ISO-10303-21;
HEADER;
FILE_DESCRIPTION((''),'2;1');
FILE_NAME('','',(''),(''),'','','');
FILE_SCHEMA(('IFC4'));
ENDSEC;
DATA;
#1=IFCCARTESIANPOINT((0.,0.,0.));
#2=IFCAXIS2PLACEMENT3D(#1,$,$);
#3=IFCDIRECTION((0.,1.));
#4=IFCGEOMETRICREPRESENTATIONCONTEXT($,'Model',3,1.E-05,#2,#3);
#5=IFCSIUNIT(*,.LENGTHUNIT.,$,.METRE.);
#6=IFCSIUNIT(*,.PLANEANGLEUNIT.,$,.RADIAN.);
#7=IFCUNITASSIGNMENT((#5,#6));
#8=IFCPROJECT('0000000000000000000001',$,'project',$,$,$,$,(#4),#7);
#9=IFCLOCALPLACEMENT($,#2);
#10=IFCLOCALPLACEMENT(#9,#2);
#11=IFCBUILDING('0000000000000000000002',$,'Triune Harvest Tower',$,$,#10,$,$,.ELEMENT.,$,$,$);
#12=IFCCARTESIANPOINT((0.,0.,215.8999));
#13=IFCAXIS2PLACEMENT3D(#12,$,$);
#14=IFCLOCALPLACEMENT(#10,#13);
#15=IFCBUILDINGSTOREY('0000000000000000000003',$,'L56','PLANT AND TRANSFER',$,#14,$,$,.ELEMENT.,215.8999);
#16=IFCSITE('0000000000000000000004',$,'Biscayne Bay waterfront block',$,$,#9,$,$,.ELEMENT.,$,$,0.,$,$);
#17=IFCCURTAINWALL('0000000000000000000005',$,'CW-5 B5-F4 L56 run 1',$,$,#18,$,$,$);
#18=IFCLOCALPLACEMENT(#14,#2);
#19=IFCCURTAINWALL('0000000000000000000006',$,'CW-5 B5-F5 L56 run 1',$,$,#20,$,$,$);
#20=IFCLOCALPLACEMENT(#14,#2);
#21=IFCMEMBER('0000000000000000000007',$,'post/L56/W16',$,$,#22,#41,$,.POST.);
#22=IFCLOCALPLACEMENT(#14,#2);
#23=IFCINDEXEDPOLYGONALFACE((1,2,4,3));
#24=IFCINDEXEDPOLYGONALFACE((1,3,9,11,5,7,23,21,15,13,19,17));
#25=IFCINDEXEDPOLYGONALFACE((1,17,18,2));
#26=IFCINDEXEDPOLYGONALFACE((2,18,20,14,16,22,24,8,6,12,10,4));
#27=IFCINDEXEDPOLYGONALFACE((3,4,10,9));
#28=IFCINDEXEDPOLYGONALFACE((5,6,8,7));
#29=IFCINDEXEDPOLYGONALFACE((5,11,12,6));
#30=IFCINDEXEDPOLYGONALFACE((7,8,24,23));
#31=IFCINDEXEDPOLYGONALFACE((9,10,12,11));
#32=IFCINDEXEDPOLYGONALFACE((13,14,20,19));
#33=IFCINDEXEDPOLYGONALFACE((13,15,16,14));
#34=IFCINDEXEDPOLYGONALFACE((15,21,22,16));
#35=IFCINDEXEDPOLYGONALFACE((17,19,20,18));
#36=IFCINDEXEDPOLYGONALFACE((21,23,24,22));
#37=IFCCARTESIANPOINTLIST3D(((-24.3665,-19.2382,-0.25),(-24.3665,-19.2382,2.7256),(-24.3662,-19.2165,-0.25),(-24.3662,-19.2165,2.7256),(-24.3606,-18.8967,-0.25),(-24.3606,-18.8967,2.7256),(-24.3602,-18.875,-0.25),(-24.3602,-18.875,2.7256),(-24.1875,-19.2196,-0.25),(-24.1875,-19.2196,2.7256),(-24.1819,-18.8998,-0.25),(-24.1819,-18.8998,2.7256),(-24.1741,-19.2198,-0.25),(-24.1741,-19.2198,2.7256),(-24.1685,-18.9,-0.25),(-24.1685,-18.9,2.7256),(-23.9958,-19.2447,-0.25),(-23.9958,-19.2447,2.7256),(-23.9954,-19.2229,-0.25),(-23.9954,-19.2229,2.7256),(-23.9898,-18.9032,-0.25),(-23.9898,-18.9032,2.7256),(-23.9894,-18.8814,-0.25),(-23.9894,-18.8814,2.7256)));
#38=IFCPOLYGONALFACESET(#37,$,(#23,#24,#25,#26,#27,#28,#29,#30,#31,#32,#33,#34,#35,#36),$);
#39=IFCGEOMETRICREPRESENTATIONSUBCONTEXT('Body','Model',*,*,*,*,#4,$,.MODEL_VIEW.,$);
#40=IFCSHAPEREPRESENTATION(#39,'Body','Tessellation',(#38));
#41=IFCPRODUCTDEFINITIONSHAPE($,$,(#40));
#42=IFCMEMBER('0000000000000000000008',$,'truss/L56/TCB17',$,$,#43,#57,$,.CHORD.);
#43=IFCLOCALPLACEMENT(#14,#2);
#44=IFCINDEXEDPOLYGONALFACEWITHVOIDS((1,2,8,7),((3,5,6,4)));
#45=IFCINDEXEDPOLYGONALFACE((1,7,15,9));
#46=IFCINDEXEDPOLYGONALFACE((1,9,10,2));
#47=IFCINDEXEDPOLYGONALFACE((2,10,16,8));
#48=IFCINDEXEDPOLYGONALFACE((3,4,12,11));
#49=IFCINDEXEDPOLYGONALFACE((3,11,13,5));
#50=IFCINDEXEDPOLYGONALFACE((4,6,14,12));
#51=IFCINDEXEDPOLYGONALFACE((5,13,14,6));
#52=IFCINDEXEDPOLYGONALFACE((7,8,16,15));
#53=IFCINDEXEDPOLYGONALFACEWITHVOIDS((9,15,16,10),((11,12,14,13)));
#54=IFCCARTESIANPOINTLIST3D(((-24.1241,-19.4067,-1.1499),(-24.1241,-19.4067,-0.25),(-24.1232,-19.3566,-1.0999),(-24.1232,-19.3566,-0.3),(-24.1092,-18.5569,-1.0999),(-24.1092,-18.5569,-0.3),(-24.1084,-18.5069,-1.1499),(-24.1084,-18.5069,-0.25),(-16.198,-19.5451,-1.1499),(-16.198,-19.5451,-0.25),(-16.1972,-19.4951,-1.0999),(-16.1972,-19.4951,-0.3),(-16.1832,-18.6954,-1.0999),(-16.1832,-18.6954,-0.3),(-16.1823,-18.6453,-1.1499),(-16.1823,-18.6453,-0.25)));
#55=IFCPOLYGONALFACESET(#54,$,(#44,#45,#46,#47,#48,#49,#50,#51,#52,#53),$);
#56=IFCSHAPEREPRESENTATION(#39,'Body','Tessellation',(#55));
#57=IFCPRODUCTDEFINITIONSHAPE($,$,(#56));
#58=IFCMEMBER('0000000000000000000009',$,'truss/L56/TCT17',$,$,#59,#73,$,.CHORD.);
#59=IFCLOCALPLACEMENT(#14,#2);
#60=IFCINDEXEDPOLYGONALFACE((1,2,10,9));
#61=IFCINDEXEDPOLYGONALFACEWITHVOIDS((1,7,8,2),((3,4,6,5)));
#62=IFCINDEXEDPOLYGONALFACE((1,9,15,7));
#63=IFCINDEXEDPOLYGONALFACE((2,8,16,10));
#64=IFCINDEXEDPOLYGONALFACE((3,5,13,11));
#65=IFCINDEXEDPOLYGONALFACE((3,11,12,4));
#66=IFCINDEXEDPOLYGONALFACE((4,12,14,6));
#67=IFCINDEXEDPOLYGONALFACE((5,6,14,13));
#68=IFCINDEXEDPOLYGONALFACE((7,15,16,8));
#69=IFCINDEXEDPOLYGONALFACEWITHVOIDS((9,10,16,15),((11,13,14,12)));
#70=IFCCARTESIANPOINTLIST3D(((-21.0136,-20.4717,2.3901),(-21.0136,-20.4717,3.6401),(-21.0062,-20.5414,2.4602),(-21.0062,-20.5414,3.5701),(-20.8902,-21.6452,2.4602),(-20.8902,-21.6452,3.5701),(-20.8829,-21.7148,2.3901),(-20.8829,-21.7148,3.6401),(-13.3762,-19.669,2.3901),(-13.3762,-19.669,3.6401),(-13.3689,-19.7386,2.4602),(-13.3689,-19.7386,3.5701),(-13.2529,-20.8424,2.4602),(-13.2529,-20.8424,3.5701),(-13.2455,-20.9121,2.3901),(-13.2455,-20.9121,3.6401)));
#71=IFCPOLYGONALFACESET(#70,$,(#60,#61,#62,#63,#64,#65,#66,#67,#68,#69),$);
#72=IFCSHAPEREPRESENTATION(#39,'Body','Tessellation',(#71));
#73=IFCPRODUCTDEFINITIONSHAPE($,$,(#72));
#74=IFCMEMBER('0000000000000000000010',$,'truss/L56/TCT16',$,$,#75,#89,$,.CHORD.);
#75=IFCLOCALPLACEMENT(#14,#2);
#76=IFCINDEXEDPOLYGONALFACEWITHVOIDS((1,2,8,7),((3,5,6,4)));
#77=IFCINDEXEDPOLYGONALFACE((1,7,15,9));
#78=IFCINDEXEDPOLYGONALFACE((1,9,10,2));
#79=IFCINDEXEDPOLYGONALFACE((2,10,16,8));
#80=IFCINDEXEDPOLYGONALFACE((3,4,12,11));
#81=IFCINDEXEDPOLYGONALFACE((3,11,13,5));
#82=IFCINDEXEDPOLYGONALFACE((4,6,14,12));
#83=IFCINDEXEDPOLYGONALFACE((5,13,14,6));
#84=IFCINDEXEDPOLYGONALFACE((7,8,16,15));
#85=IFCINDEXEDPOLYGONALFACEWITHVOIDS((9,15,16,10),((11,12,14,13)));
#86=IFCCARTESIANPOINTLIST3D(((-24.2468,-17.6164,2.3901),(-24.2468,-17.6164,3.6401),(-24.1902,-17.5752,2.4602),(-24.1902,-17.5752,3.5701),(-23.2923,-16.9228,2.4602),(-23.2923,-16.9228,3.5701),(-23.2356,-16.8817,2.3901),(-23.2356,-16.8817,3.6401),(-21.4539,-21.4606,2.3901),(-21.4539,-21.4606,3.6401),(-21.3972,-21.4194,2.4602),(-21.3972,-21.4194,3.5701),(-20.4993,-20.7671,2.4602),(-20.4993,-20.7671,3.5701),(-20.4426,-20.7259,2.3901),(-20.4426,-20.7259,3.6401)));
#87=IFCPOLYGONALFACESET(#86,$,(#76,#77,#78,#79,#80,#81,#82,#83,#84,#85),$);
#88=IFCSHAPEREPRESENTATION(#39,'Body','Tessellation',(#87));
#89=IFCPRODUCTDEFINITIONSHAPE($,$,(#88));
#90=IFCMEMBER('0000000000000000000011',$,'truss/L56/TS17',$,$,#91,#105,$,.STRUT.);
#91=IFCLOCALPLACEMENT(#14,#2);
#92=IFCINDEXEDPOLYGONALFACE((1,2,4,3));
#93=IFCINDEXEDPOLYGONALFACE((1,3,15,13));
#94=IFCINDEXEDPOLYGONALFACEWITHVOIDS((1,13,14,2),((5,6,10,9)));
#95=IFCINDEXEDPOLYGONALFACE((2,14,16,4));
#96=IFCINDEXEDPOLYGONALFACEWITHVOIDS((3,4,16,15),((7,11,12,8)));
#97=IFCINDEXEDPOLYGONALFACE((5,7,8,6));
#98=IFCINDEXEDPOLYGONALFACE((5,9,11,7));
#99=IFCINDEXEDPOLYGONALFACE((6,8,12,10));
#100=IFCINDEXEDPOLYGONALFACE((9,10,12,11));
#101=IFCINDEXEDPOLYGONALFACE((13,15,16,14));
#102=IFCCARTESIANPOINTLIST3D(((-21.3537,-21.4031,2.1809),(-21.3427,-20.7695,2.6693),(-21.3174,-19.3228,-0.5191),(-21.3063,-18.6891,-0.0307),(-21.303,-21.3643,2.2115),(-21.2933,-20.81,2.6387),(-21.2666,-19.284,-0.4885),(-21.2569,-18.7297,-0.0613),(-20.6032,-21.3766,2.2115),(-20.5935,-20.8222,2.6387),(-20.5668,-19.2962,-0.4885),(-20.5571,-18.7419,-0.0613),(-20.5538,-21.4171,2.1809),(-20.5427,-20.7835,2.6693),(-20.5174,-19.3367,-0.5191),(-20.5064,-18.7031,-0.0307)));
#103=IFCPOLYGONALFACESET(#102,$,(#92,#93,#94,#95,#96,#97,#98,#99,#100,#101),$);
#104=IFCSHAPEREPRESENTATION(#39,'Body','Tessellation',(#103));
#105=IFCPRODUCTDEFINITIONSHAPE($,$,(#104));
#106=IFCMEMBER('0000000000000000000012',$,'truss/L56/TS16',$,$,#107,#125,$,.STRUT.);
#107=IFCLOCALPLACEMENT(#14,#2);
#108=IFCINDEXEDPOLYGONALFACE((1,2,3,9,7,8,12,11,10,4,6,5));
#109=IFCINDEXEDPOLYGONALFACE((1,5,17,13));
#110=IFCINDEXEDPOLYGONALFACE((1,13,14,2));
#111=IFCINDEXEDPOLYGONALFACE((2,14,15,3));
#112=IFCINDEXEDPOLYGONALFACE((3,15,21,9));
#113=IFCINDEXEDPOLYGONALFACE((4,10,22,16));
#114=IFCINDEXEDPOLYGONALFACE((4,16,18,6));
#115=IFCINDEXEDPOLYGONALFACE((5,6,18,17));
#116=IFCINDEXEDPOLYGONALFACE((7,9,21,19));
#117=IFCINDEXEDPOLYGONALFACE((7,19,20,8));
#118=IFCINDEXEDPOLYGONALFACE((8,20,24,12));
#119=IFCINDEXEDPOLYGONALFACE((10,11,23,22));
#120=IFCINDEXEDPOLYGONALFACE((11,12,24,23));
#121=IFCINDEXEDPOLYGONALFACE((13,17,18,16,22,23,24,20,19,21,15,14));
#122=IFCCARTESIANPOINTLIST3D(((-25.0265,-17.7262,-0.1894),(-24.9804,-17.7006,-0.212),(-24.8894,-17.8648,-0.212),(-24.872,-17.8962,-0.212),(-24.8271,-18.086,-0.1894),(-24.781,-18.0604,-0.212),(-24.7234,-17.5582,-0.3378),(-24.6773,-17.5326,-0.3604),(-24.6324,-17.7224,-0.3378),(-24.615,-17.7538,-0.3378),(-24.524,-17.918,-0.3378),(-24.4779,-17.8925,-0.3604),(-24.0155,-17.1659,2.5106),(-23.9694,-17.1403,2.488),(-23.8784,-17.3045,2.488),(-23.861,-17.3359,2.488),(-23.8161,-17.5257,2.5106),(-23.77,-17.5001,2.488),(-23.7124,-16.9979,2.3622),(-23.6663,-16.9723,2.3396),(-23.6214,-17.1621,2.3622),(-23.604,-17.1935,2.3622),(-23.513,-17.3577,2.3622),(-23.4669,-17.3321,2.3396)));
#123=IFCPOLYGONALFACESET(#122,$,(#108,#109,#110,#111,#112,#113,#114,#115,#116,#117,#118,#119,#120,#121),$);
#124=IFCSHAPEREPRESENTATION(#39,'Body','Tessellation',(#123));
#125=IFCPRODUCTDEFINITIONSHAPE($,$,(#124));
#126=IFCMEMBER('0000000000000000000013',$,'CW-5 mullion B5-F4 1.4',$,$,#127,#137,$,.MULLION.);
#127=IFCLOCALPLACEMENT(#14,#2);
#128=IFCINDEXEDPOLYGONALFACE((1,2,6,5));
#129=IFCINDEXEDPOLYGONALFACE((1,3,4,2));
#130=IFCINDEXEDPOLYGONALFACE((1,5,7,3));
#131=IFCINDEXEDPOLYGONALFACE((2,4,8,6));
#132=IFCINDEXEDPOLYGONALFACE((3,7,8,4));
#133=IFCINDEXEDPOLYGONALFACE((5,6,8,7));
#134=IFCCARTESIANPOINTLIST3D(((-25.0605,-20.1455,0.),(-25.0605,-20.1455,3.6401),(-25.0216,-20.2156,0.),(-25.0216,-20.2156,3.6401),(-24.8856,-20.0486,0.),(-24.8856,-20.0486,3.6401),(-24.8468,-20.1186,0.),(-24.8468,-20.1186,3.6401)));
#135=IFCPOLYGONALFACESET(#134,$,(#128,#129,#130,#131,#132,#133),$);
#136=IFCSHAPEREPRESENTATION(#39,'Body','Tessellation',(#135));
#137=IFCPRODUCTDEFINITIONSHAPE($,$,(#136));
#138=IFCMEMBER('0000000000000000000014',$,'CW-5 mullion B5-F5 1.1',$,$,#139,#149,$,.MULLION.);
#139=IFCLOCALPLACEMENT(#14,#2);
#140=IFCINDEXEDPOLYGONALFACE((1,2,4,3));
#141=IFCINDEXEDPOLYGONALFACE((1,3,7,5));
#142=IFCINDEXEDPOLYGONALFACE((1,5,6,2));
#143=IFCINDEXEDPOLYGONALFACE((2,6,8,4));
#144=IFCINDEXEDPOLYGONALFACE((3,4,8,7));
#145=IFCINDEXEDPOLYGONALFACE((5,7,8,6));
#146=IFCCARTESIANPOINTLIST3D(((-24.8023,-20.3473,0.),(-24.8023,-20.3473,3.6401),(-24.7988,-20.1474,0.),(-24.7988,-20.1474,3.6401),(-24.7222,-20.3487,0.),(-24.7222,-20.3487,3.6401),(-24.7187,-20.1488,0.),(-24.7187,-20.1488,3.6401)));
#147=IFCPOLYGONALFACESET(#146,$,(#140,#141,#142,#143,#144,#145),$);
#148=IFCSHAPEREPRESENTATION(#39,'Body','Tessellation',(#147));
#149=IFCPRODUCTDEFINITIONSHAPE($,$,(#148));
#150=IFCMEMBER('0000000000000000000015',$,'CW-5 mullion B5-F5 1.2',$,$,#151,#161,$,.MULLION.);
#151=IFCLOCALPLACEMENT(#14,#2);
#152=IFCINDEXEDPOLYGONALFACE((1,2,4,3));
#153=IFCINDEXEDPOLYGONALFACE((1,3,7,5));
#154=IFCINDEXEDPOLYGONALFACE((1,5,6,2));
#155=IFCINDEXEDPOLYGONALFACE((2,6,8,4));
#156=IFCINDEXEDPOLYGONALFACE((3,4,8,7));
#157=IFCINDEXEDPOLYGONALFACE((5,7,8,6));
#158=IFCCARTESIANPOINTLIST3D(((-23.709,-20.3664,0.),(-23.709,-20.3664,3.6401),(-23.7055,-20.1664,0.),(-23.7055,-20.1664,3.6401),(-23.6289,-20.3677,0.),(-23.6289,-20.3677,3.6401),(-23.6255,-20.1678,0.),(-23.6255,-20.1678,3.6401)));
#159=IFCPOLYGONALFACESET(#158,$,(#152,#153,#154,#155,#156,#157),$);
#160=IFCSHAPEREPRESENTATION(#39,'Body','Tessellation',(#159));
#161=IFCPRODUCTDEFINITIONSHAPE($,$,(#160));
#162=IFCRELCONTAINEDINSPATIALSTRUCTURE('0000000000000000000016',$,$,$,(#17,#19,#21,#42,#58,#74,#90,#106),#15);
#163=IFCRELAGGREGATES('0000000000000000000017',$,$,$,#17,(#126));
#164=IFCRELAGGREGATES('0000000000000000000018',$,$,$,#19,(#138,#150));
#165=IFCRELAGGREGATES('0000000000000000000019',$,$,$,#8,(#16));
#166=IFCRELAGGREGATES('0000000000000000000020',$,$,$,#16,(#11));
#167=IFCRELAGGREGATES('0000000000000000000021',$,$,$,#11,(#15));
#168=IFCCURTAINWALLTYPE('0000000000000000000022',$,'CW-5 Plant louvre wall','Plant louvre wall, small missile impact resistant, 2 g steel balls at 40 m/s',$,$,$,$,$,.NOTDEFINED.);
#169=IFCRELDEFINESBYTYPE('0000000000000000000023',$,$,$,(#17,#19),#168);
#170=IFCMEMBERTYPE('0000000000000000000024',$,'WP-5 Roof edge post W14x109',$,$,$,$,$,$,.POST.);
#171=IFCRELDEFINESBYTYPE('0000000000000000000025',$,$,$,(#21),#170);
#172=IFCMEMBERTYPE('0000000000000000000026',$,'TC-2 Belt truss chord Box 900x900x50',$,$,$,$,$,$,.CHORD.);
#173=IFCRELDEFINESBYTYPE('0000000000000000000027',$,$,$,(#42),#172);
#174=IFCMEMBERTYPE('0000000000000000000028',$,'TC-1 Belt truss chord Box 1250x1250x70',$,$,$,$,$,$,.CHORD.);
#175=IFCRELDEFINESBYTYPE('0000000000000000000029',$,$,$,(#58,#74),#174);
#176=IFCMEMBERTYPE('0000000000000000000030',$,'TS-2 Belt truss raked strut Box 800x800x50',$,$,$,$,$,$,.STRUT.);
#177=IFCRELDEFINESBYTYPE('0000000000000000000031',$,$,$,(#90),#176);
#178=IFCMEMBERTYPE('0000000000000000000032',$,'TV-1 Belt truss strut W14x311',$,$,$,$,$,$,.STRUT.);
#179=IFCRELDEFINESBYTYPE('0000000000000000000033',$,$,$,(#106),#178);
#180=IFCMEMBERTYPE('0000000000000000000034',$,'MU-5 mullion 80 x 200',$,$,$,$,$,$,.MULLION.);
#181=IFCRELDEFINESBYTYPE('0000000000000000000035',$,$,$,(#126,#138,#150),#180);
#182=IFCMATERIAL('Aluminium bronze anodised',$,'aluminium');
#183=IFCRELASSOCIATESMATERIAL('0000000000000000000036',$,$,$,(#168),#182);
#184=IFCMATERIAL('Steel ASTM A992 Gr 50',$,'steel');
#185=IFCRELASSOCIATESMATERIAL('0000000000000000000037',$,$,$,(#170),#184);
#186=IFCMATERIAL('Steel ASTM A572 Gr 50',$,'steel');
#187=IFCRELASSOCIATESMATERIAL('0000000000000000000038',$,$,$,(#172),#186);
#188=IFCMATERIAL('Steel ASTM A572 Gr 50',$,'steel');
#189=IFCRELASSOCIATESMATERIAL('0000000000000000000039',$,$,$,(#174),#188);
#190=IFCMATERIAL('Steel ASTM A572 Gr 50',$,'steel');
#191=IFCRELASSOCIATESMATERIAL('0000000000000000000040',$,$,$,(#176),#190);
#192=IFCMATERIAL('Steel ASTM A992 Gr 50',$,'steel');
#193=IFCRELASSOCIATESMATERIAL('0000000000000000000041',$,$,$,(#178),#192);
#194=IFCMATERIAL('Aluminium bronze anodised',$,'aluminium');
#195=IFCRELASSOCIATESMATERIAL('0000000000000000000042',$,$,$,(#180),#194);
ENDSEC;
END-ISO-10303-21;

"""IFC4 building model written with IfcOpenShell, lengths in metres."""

from ifc_helpers import new_model, si_unit, direction, frame, origin, origin_2d, place, context, subcontext, project, spatial, rectangle, hollow_rectangle, i_section, extrude, source, transform, mapped, material, material_profile, profile_set, type_object, element, aggregate, save


model = new_model("IFC4")

# Units and contexts
model_context = context("Model", 3, precision=1e-05, world=origin(), true_north=direction((0.0, 1.0)))
body_context = subcontext(model_context, "Body", "Model", "MODEL_VIEW")
ifc_project = project(units=[si_unit("LENGTHUNIT", "METRE"), si_unit("PLANEANGLEUNIT", "RADIAN")], contexts=[model_context])

# Site, building, storey
site_placement = place(None, origin())
site = spatial("IfcSite", under=ifc_project, at=site_placement, Name="Biscayne Bay waterfront block", CompositionType="ELEMENT", RefElevation=0.0)
building_placement = place(site_placement, origin())
building = spatial("IfcBuilding", under=site, at=building_placement, Name="Triune Harvest Tower", CompositionType="ELEMENT")
storey_placement = place(building_placement, frame((0.0, 0.0, 215.8999)))
storey = spatial("IfcBuildingStorey", under=building, at=storey_placement, Name="L56", Description="PLANT AND TRANSFER", CompositionType="ELEMENT", Elevation=215.8999)

# Curtain walls
ifc_material_1 = material(Name="Aluminium bronze anodised", Category="aluminium")
curtain_wall_type = type_object("IfcCurtainWallType", Name="CW-5 Plant louvre wall", Description="Plant louvre wall, small missile impact resistant, 2 g steel balls at 40 m/s", PredefinedType="NOTDEFINED", material=ifc_material_1)
curtain_wall_1_placement = place(storey_placement, origin())
curtain_wall_1 = element("IfcCurtainWall", 1, at=curtain_wall_1_placement, inside=storey, type_object=curtain_wall_type, Name="CW-5 B5-F4 L56 run 1")
curtain_wall_2_placement = place(storey_placement, origin())
curtain_wall_2 = element("IfcCurtainWall", 2, at=curtain_wall_2_placement, inside=storey, type_object=curtain_wall_type, Name="CW-5 B5-F5 L56 run 1")

# Members
ifc_material_2 = material(Name="Steel ASTM A992 Gr 50", Category="steel")
ifc_material_profile_1 = material_profile(ifc_material_2, i_section(OverallWidth=0.3708, OverallDepth=0.3633, WebThickness=0.0134, FlangeThickness=0.0217, at=origin_2d()), Name="W14x109")
ifc_profile_set_1 = profile_set([ifc_material_profile_1], Name="Steel ASTM A992 Gr 50")
member_type_1 = type_object("IfcMemberType", Name="WP-5 Roof edge post W14x109", PredefinedType="POST", material=ifc_profile_set_1)
shared_shape_1 = source(origin(), body_context, "Body", "SweptSolid", [
    extrude(i_section(OverallWidth=0.3708, OverallDepth=0.3633, WebThickness=0.0134, FlangeThickness=0.0217, at=origin_2d()), origin(), (0.0, 0.0, 1.0), 2.9756),
])
member_1_placement = place(storey_placement, frame((-24.178, -19.0598, -0.25), z_axis=(0.0, 0.0, 1.0), x_axis=(0.999848, -0.017452, 0.0)))
element("IfcMember", 3, at=member_1_placement, inside=storey, type_object=member_type_1, Name="post/L56/W16", PredefinedType="POST", context=body_context, shape_type="MappedRepresentation", body=[
    mapped(shared_shape_1, transform((0.0, 0.0, 0.0), scale=1.0)),
])
ifc_material_3 = material(Name="Steel ASTM A572 Gr 50", Category="steel")
ifc_material_profile_2 = material_profile(ifc_material_3, hollow_rectangle(XDim=0.8999, YDim=0.8999, WallThickness=0.05, at=origin_2d()), Name="Box 900x900x50")
ifc_profile_set_2 = profile_set([ifc_material_profile_2], Name="Steel ASTM A572 Gr 50")
member_type_2 = type_object("IfcMemberType", Name="TC-2 Belt truss chord Box 900x900x50", PredefinedType="CHORD", material=ifc_profile_set_2)
shared_shape_2 = source(origin(), body_context, "Body", "SweptSolid", [
    extrude(hollow_rectangle(XDim=0.8999, YDim=0.8999, WallThickness=0.05, at=origin_2d()), origin(), (0.0, 0.0, 1.0), 7.9272),
])
member_2_placement = place(storey_placement, frame((-24.1162, -18.9568, -0.7), z_axis=(0.999848, -0.017462, 0.0), x_axis=(0.017462, 0.999848, 0.0)))
element("IfcMember", 4, at=member_2_placement, inside=storey, type_object=member_type_2, Name="truss/L56/TCB17", PredefinedType="CHORD", context=body_context, shape_type="MappedRepresentation", body=[
    mapped(shared_shape_2, transform((0.0, 0.0, 0.0), scale=1.0)),
])
ifc_material_4 = material(Name="Steel ASTM A572 Gr 50", Category="steel")
ifc_material_profile_3 = material_profile(ifc_material_4, hollow_rectangle(XDim=1.25, YDim=1.25, WallThickness=0.0701, at=origin_2d()), Name="Box 1250x1250x70")
ifc_profile_set_3 = profile_set([ifc_material_profile_3], Name="Steel ASTM A572 Gr 50")
member_type_3 = type_object("IfcMemberType", Name="TC-1 Belt truss chord Box 1250x1250x70", PredefinedType="CHORD", material=ifc_profile_set_3)
shared_shape_3 = source(origin(), body_context, "Body", "SweptSolid", [
    extrude(hollow_rectangle(XDim=1.25, YDim=1.25, WallThickness=0.0701, at=origin_2d()), origin(), (0.0, 0.0, 1.0), 7.6794),
])
member_3_placement = place(storey_placement, frame((-20.9482, -21.0933, 3.0151), z_axis=(0.994522, 0.104529, 0.0), x_axis=(-0.104529, 0.994522, 0.0)))
element("IfcMember", 5, at=member_3_placement, inside=storey, type_object=member_type_3, Name="truss/L56/TCT17", PredefinedType="CHORD", context=body_context, shape_type="MappedRepresentation", body=[
    mapped(shared_shape_3, transform((0.0, 0.0, 0.0), scale=1.0)),
])
shared_shape_4 = source(origin(), body_context, "Body", "SweptSolid", [
    extrude(hollow_rectangle(XDim=1.25, YDim=1.25, WallThickness=0.0701, at=origin_2d()), origin(), (0.0, 0.0, 1.0), 4.7517),
])
member_4_placement = place(storey_placement, frame((-23.7412, -17.249, 3.0151), z_axis=(0.587781, -0.80902, 0.0), x_axis=(0.80902, 0.587781, 0.0)))
element("IfcMember", 6, at=member_4_placement, inside=storey, type_object=member_type_3, Name="truss/L56/TCT16", PredefinedType="CHORD", context=body_context, shape_type="MappedRepresentation", body=[
    mapped(shared_shape_4, transform((0.0, 0.0, 0.0), scale=1.0)),
])
ifc_material_5 = material(Name="Steel ASTM A572 Gr 50", Category="steel")
ifc_material_profile_4 = material_profile(ifc_material_5, hollow_rectangle(XDim=0.8, YDim=0.8, WallThickness=0.05, at=origin_2d()), Name="Box 800x800x50")
ifc_profile_set_4 = profile_set([ifc_material_profile_4], Name="Steel ASTM A572 Gr 50")
member_type_4 = type_object("IfcMemberType", Name="TS-2 Belt truss raked strut Box 800x800x50", PredefinedType="STRUT", material=ifc_profile_set_4)
shared_shape_5 = source(origin(), body_context, "Body", "SweptSolid", [
    extrude(hollow_rectangle(XDim=0.8, YDim=0.8, WallThickness=0.05, at=origin_2d()), origin(), (0.0, 0.0, 1.0), 3.4087),
])
member_5_placement = place(storey_placement, frame((-20.9119, -19.0129, -0.2749), z_axis=(-0.010672, -0.610309, 0.792091), x_axis=(0.999847, -0.017484, 0.0)))
element("IfcMember", 7, at=member_5_placement, inside=storey, type_object=member_type_4, Name="truss/L56/TS17", PredefinedType="STRUT", context=body_context, shape_type="MappedRepresentation", body=[
    mapped(shared_shape_5, transform((0.0, 0.0, 0.0), scale=1.0)),
])
ifc_material_6 = material(Name="Steel ASTM A992 Gr 50", Category="steel")
ifc_material_profile_5 = material_profile(ifc_material_6, i_section(OverallWidth=0.4114, OverallDepth=0.4343, WebThickness=0.0359, FlangeThickness=0.0574, at=origin_2d()), Name="W14x311")
ifc_profile_set_5 = profile_set([ifc_material_profile_5], Name="Steel ASTM A992 Gr 50")
member_type_5 = type_object("IfcMemberType", Name="TV-1 Belt truss strut W14x311", PredefinedType="STRUT", material=ifc_profile_set_5)
shared_shape_6 = source(origin(), body_context, "Body", "SweptSolid", [
    extrude(i_section(OverallWidth=0.4114, OverallDepth=0.4343, WebThickness=0.0359, FlangeThickness=0.0574, at=origin_2d()), origin(), (0.0, 0.0, 1.0), 2.937),
])
member_6_placement = place(storey_placement, frame((-24.7522, -17.8093, -0.2749), z_axis=(0.344228, 0.190776, 0.919299), x_axis=(-0.484746, 0.874655, 0.0)))
element("IfcMember", 8, at=member_6_placement, inside=storey, type_object=member_type_5, Name="truss/L56/TS16", PredefinedType="STRUT", context=body_context, shape_type="MappedRepresentation", body=[
    mapped(shared_shape_6, transform((0.0, 0.0, 0.0), scale=1.0)),
])

# Members
ifc_material_7 = material(Name="Aluminium bronze anodised", Category="aluminium")
ifc_material_profile_6 = material_profile(ifc_material_7, rectangle(XDim=0.2, YDim=0.0801, at=origin_2d()), Name="MU-5 mullion 80 x 200")
ifc_profile_set_6 = profile_set([ifc_material_profile_6], Name="Aluminium bronze anodised")
member_type_6 = type_object("IfcMemberType", Name="MU-5 mullion 80 x 200", PredefinedType="MULLION", material=ifc_profile_set_6)
shared_shape_7 = source(origin(), body_context, "Body", "SweptSolid", [
    extrude(rectangle(XDim=0.2, YDim=0.0801, at=origin_2d()), origin(), (0.0, 0.0, 1.0), 3.6401),
])
member_7_placement = place(storey_placement, frame((-24.9536, -20.1321, 0.0), z_axis=(0.0, 0.0, 1.0), x_axis=(0.874624, 0.484802, 0.0)))
member_7 = element("IfcMember", 9, at=member_7_placement, type_object=member_type_6, Name="CW-5 mullion B5-F4 1.4", PredefinedType="MULLION", context=body_context, shape_type="MappedRepresentation", body=[
    mapped(shared_shape_7, transform((0.0, 0.0, 0.0), scale=1.0)),
])
member_8_placement = place(storey_placement, frame((-24.7605, -20.248, 0.0), z_axis=(0.0, 0.0, 1.0), x_axis=(0.017384, 0.999849, 0.0)))
member_8 = element("IfcMember", 10, at=member_8_placement, type_object=member_type_6, Name="CW-5 mullion B5-F5 1.1", PredefinedType="MULLION", context=body_context, shape_type="MappedRepresentation", body=[
    mapped(shared_shape_7, transform((0.0, 0.0, 0.0), scale=1.0)),
])
member_9_placement = place(storey_placement, frame((-23.6672, -20.2671, 0.0), z_axis=(0.0, 0.0, 1.0), x_axis=(0.017384, 0.999849, 0.0)))
member_9 = element("IfcMember", 11, at=member_9_placement, type_object=member_type_6, Name="CW-5 mullion B5-F5 1.2", PredefinedType="MULLION", context=body_context, shape_type="MappedRepresentation", body=[
    mapped(shared_shape_7, transform((0.0, 0.0, 0.0), scale=1.0)),
])

aggregate(curtain_wall_1, [member_7])
aggregate(curtain_wall_2, [member_8, member_9])

save(model, "model.ifc")
